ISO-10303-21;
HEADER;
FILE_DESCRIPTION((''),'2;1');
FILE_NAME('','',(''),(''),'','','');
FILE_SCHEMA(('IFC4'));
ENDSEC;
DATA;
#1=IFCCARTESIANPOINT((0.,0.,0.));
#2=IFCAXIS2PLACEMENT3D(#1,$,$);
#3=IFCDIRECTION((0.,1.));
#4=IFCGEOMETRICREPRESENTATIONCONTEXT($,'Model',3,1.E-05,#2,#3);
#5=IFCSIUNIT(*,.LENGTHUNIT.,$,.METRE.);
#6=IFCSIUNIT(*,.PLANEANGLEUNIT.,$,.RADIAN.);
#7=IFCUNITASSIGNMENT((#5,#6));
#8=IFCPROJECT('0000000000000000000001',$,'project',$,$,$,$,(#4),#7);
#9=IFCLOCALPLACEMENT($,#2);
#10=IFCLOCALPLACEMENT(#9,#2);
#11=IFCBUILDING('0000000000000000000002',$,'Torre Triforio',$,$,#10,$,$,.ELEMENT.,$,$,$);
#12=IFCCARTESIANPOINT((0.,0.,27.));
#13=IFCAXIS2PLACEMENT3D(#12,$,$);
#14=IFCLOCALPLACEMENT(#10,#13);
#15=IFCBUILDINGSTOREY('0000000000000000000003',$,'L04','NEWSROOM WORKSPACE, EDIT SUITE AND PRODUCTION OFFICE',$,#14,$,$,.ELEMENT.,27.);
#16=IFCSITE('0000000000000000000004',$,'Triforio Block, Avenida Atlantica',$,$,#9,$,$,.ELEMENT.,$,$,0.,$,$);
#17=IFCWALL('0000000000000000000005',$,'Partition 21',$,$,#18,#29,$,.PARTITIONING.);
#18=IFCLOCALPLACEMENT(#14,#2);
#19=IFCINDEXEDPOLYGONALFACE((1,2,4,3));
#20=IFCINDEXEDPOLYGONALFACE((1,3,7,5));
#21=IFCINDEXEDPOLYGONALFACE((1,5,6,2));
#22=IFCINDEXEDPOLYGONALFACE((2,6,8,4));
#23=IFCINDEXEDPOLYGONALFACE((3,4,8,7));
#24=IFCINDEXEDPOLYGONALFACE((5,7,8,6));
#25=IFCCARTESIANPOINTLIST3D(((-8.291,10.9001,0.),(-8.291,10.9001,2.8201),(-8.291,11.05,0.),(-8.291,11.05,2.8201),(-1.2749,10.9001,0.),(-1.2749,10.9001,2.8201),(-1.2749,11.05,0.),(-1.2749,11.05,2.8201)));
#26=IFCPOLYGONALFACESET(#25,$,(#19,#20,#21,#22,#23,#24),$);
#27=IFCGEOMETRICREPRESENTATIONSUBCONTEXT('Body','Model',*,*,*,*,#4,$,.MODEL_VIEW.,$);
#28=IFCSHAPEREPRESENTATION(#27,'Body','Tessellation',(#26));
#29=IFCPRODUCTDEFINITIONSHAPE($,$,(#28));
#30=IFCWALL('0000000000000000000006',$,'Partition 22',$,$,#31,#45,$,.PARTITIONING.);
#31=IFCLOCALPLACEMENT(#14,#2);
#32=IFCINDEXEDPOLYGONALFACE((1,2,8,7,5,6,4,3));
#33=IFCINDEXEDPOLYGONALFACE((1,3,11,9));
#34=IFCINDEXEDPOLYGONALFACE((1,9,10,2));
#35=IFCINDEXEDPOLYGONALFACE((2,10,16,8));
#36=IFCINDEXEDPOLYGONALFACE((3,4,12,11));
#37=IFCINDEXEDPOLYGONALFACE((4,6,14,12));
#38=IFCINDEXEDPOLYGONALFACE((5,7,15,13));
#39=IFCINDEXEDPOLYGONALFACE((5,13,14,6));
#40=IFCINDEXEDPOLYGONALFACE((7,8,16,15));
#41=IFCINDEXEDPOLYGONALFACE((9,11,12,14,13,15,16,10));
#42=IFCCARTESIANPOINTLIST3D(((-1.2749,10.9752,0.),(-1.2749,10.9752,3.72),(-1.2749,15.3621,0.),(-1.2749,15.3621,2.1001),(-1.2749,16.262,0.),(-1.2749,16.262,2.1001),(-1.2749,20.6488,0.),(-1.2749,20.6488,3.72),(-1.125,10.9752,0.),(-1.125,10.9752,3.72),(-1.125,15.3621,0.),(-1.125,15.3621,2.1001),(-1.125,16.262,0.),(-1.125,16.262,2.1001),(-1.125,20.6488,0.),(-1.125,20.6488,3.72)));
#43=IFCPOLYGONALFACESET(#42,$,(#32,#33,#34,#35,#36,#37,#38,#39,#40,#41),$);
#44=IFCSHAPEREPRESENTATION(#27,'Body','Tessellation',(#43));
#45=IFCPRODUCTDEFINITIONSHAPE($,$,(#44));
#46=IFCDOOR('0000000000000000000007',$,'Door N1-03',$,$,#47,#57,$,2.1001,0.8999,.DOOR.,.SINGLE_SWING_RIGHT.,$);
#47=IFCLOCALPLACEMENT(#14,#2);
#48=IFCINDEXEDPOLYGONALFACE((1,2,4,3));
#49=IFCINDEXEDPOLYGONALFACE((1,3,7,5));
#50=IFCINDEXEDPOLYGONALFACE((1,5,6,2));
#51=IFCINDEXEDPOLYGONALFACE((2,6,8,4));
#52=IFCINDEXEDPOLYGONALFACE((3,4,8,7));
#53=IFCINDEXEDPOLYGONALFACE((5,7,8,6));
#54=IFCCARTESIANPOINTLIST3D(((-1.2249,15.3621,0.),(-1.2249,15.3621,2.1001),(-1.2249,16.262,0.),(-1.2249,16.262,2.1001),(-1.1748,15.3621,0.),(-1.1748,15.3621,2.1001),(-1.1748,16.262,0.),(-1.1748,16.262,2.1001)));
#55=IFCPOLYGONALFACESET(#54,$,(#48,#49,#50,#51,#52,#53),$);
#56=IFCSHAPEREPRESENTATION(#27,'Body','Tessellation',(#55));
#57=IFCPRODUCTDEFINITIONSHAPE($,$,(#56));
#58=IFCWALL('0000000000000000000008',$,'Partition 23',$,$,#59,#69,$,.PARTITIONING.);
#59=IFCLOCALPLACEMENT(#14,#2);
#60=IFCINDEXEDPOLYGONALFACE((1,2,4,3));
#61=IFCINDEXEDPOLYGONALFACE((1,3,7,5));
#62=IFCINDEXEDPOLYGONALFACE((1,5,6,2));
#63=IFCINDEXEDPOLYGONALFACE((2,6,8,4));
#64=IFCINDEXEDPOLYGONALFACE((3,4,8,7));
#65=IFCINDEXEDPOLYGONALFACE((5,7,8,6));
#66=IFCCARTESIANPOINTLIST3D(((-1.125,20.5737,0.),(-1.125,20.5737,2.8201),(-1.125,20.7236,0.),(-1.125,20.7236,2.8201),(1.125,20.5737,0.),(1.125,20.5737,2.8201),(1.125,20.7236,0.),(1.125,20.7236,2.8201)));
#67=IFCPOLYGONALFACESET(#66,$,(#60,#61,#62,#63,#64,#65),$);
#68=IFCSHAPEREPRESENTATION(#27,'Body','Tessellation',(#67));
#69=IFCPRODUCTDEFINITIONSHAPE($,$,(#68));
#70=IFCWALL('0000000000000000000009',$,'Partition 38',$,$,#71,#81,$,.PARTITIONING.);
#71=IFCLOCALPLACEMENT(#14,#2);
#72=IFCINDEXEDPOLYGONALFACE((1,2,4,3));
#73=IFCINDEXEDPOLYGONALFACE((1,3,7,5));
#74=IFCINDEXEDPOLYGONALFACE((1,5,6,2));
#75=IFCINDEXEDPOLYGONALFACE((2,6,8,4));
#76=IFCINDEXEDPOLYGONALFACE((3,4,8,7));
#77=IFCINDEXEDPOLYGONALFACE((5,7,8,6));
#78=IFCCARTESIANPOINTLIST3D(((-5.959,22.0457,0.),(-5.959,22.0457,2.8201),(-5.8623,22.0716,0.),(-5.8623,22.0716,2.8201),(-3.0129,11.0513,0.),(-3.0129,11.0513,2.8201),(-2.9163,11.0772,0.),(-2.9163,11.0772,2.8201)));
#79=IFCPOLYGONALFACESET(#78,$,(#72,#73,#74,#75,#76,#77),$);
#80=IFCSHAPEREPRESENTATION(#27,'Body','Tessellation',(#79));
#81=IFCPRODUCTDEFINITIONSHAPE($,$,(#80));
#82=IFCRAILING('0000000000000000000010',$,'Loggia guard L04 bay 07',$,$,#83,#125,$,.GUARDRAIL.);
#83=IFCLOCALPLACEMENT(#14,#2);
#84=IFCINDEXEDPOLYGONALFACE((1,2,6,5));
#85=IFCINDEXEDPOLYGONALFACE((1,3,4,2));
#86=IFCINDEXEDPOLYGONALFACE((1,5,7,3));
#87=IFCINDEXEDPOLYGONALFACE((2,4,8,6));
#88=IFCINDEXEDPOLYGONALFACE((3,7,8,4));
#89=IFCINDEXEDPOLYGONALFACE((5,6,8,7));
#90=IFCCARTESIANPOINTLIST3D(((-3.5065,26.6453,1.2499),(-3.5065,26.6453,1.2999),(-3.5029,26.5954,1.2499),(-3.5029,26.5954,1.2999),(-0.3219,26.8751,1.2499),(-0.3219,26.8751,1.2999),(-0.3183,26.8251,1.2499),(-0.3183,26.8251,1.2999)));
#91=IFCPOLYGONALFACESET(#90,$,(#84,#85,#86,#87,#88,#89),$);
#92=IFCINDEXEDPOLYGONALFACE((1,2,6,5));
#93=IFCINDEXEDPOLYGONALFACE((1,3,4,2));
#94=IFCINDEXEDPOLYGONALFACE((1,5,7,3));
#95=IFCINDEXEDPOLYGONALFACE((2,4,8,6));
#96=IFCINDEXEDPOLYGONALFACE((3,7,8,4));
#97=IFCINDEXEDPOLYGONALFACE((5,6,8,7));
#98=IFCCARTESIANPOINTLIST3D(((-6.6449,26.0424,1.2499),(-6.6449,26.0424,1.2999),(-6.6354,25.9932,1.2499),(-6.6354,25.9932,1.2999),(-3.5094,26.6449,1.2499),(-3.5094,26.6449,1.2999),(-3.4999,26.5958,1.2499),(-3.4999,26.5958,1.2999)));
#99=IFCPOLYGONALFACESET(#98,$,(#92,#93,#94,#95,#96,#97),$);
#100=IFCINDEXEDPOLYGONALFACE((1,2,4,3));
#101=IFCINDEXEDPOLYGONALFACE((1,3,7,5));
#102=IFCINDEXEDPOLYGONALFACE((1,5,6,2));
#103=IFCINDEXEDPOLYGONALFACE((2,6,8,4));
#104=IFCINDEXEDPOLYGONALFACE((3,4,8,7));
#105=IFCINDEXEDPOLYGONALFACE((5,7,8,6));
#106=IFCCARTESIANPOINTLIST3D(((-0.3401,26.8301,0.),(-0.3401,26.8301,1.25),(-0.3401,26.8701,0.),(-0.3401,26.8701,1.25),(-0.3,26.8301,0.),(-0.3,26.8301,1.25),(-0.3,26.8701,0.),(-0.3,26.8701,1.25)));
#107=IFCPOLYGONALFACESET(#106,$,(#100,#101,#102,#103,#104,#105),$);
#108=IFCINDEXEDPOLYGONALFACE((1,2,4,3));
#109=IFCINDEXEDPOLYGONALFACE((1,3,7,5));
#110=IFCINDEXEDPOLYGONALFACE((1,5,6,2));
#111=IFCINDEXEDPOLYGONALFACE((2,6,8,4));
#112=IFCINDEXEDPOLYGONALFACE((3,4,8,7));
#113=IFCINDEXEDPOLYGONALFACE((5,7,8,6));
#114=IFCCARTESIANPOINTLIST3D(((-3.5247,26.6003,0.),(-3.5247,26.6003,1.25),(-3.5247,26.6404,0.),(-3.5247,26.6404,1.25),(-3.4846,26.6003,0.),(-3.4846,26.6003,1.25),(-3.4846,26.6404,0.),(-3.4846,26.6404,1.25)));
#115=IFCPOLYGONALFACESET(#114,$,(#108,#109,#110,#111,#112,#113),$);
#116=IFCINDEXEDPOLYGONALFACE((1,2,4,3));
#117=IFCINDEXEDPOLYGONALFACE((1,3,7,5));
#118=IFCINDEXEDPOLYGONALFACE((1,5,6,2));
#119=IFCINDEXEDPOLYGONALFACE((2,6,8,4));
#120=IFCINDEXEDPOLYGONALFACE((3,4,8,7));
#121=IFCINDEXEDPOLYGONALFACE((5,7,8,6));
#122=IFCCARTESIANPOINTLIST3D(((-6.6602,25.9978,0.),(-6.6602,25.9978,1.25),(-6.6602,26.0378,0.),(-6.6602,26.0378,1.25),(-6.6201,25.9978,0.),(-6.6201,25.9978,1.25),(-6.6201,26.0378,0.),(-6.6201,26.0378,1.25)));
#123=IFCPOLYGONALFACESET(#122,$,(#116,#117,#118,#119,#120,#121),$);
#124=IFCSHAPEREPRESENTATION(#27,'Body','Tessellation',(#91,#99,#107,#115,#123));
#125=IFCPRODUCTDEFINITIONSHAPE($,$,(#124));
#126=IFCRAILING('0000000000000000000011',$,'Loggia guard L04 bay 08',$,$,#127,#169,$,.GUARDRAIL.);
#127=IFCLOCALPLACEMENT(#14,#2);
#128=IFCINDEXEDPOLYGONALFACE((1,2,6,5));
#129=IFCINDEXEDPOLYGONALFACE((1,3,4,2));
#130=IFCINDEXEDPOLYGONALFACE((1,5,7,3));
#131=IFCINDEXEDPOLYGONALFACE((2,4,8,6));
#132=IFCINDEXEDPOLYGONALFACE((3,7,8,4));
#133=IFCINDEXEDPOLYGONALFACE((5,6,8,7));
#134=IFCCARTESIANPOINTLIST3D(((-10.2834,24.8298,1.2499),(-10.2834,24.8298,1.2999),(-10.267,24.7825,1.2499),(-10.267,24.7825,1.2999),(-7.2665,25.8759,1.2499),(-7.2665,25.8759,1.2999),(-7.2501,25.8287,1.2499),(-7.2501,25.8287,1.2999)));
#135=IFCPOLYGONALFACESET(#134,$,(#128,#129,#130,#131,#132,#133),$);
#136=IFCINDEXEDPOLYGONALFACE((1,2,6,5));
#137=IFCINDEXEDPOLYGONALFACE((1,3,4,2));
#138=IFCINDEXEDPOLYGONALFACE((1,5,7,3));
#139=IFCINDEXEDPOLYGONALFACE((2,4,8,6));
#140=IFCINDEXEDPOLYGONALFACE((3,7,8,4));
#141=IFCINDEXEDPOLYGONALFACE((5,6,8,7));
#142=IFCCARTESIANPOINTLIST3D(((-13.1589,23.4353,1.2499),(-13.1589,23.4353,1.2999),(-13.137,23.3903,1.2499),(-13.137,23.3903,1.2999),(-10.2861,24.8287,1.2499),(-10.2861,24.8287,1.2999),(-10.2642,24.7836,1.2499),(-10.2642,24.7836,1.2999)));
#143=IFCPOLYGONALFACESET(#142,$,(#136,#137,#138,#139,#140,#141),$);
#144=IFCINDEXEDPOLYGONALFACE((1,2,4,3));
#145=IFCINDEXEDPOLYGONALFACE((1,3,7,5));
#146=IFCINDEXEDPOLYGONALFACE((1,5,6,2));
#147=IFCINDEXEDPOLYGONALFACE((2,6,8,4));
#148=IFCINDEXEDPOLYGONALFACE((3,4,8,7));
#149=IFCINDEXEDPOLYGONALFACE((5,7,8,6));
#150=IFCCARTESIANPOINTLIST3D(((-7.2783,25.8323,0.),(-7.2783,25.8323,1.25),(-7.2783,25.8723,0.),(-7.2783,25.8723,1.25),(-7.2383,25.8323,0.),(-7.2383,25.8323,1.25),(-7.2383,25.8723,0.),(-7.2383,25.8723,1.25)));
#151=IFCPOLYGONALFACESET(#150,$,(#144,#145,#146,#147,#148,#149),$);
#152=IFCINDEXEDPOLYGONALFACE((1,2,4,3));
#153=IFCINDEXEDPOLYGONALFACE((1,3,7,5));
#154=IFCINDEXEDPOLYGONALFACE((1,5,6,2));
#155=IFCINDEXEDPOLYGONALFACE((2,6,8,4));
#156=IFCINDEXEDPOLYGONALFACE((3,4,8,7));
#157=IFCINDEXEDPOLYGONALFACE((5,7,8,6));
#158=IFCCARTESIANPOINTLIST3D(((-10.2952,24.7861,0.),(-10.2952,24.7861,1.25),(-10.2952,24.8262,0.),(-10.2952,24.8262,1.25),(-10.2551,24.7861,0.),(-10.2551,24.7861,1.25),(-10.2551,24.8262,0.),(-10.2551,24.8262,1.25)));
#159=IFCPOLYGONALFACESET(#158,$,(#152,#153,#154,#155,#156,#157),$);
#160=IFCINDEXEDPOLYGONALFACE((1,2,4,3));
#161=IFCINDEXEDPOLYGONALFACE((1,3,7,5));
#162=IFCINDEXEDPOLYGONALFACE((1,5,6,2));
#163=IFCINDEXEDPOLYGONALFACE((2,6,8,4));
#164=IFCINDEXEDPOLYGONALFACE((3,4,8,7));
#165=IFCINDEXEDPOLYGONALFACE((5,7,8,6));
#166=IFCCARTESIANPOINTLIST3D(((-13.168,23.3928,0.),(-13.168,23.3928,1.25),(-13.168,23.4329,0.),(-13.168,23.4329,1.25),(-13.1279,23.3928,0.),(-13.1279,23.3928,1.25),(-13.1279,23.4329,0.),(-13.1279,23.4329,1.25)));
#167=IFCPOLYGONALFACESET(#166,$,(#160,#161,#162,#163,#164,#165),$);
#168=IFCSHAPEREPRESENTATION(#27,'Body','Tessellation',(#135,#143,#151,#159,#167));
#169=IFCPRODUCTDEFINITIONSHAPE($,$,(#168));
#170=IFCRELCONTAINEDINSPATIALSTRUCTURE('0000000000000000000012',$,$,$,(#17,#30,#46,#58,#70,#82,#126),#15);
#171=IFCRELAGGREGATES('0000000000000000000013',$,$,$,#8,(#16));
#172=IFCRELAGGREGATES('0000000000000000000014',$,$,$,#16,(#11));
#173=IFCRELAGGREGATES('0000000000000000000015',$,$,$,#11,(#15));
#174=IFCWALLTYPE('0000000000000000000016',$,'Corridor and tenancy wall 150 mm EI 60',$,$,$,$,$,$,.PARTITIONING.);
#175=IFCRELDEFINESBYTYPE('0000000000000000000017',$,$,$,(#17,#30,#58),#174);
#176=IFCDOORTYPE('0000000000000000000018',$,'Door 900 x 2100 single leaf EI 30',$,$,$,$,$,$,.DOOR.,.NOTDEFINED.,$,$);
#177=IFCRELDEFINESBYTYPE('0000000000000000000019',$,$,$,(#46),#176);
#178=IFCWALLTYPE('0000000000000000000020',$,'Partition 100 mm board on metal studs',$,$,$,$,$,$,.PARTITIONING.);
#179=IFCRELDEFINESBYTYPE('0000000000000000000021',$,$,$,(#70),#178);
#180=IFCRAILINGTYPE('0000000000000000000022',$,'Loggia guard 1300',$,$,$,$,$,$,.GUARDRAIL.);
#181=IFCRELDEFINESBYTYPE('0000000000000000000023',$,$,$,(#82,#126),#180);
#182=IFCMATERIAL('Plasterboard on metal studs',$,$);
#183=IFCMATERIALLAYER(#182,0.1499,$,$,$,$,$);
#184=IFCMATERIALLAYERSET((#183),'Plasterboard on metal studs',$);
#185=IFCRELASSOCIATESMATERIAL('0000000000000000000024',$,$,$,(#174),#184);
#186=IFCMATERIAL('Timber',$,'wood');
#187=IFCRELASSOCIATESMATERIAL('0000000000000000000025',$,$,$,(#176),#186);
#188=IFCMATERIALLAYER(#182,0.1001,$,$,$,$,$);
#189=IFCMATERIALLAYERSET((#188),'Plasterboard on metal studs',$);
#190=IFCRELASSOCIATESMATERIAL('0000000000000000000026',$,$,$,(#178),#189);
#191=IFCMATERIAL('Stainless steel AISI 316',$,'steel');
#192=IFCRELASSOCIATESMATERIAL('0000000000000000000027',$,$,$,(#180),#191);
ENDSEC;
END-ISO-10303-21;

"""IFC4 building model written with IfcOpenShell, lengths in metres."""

from ifc_helpers import new_model, si_unit, direction, frame, frame_2d, origin, origin_2d, place, context, subcontext, project, spatial, rectangle, extrude, material, layer, layer_set, type_object, element, fill, save


model = new_model("IFC4")

# Units and contexts
model_context = context("Model", 3, precision=1e-05, world=origin(), true_north=direction((0.0, 1.0)))
body_context = subcontext(model_context, "Body", "Model", "MODEL_VIEW")
ifc_project = project(units=[si_unit("LENGTHUNIT", "METRE"), si_unit("PLANEANGLEUNIT", "RADIAN")], contexts=[model_context])

# Site, building, storey
site_placement = place(None, origin())
site = spatial("IfcSite", under=ifc_project, at=site_placement, Name="Triforio Block, Avenida Atlantica", CompositionType="ELEMENT", RefElevation=0.0)
building_placement = place(site_placement, origin())
building = spatial("IfcBuilding", under=site, at=building_placement, Name="Torre Triforio", CompositionType="ELEMENT")
storey_placement = place(building_placement, frame((0.0, 0.0, 27.0)))
storey = spatial("IfcBuildingStorey", under=building, at=storey_placement, Name="L04", Description="NEWSROOM WORKSPACE, EDIT SUITE AND PRODUCTION OFFICE", CompositionType="ELEMENT", Elevation=27.0)

# Shared definitions
ifc_material_1 = material(Name="Plasterboard on metal studs")
ifc_layer_1 = layer(ifc_material_1, 0.1499)
ifc_layer_set_1 = layer_set([ifc_layer_1], Name="Plasterboard on metal studs")
wall_type_1 = type_object("IfcWallType", Name="Corridor and tenancy wall 150 mm EI 60", PredefinedType="PARTITIONING", material=ifc_layer_set_1)
ifc_material_2 = material(Name="Timber", Category="wood")
door_type_1 = type_object("IfcDoorType", Name="Door 900 x 2100 single leaf EI 30", OperationType="NOTDEFINED", PredefinedType="DOOR", material=ifc_material_2)

# Wall
wall_1_placement = place(storey_placement, frame((-8.291, 10.9751, 0.0), z_axis=(0.0, 0.0, 1.0), x_axis=(1.0, 0.0, 0.0)))
element("IfcWall", 1, at=wall_1_placement, inside=storey, type_object=wall_type_1, Name="Partition 21", PredefinedType="PARTITIONING", context=body_context, shape_type="SweptSolid", body=[
    extrude(rectangle(XDim=7.0161, YDim=0.1499, at=frame_2d((3.5081, 0.0))), origin(), (0.0, 0.0, 1.0), 2.8201),
])

# Wall, opening, door
wall_2_placement = place(storey_placement, frame((-1.2, 10.9751, 0.0), z_axis=(0.0, 0.0, 1.0), x_axis=(0.0, 1.0, 0.0)))
wall_2 = element("IfcWall", 2, at=wall_2_placement, inside=storey, type_object=wall_type_1, Name="Partition 22", PredefinedType="PARTITIONING", context=body_context, shape_type="SweptSolid", body=[
    extrude(rectangle(XDim=9.6736, YDim=0.1499, at=frame_2d((4.8369, 0.0))), origin(), (0.0, 0.0, 1.0), 3.72),
])
opening_1_placement = place(wall_2_placement, frame((4.387, 0.0, 0.0)))
opening_1 = element("IfcOpeningElement", 3, at=opening_1_placement, cuts=wall_2, PredefinedType="OPENING", context=body_context, shape_type="SweptSolid", body=[
    extrude(rectangle(XDim=0.8999, YDim=2.1001, at=frame_2d((0.45, 1.05))), frame((0.0, 0.085, 0.0), z_axis=(0.0, -1.0, 0.0), x_axis=(1.0, 0.0, 0.0)), (0.0, 0.0, 1.0), 0.1699),
])
door_1_placement = place(opening_1_placement, origin())
door_1 = element("IfcDoor", 4, at=door_1_placement, inside=storey, type_object=door_type_1, Name="Door N1-03", OperationType="SINGLE_SWING_RIGHT", OverallHeight=2.1001, OverallWidth=0.8999, PredefinedType="DOOR", context=body_context, shape_type="SweptSolid", body=[
    extrude(rectangle(XDim=0.8999, YDim=2.1001, at=frame_2d((0.45, 1.05))), frame((0.0, 0.0249, 0.0), z_axis=(0.0, -1.0, 0.0), x_axis=(1.0, 0.0, 0.0)), (0.0, 0.0, 1.0), 0.05),
])
fill(opening_1, door_1)

# Walls
wall_3_placement = place(storey_placement, frame((-1.125, 20.6487, 0.0), z_axis=(0.0, 0.0, 1.0), x_axis=(1.0, 0.0, 0.0)))
element("IfcWall", 5, at=wall_3_placement, inside=storey, type_object=wall_type_1, Name="Partition 23", PredefinedType="PARTITIONING", context=body_context, shape_type="SweptSolid", body=[
    extrude(rectangle(XDim=2.25, YDim=0.1499, at=frame_2d((1.125, 0.0))), origin(), (0.0, 0.0, 1.0), 2.8201),
])
ifc_layer_2 = layer(ifc_material_1, 0.1001)
ifc_layer_set_2 = layer_set([ifc_layer_2], Name="Plasterboard on metal studs")
wall_type_2 = type_object("IfcWallType", Name="Partition 100 mm board on metal studs", PredefinedType="PARTITIONING", material=ifc_layer_set_2)
wall_4_placement = place(storey_placement, frame((-2.9646, 11.0642, 0.0), z_axis=(0.0, 0.0, 1.0), x_axis=(-0.258828, 0.965923, 0.0)))
element("IfcWall", 6, at=wall_4_placement, inside=storey, type_object=wall_type_2, Name="Partition 38", PredefinedType="PARTITIONING", context=body_context, shape_type="SweptSolid", body=[
    extrude(rectangle(XDim=11.3823, YDim=0.1001, at=frame_2d((5.6912, 0.0))), origin(), (0.0, 0.0, 1.0), 2.8201),
])

# Railings
ifc_material_3 = material(Name="Stainless steel AISI 316", Category="steel")
railing_type = type_object("IfcRailingType", Name="Loggia guard 1300", PredefinedType="GUARDRAIL", material=ifc_material_3)
railing_1_placement = place(storey_placement, frame((-0.3201, 26.8501, 0.0)))
element("IfcRailing", 7, at=railing_1_placement, inside=storey, type_object=railing_type, Name="Loggia guard L04 bay 07", PredefinedType="GUARDRAIL", context=body_context, shape_type="SweptSolid", body=[
    extrude(rectangle(XDim=0.05, YDim=0.05, at=origin_2d()), frame((0.0, 0.0, 1.2749), z_axis=(-0.997408, -0.071953, 0.0), x_axis=(0.071953, -0.997408, 0.0)), (0.0, 0.0, 1.0), 3.1929),
    extrude(rectangle(XDim=0.05, YDim=0.05, at=origin_2d()), frame((-3.1846, -0.2297, 1.2749), z_axis=(-0.982032, -0.188714, 0.0), x_axis=(0.188714, -0.982032, 0.0)), (0.0, 0.0, 1.0), 3.1929),
    extrude(rectangle(XDim=0.04, YDim=0.04, at=origin_2d()), origin(), (0.0, 0.0, 1.0), 1.25),
    extrude(rectangle(XDim=0.04, YDim=0.04, at=origin_2d()), frame((-3.1846, -0.2297, 0.0)), (0.0, 0.0, 1.0), 1.25),
    extrude(rectangle(XDim=0.04, YDim=0.04, at=origin_2d()), frame((-6.3201, -0.8323, 0.0)), (0.0, 0.0, 1.0), 1.25),
])
railing_2_placement = place(storey_placement, frame((-7.2583, 25.8523, 0.0)))
element("IfcRailing", 8, at=railing_2_placement, inside=storey, type_object=railing_type, Name="Loggia guard L04 bay 08", PredefinedType="GUARDRAIL", context=body_context, shape_type="SweptSolid", body=[
    extrude(rectangle(XDim=0.05, YDim=0.05, at=origin_2d()), frame((0.0, 0.0, 1.2749), z_axis=(-0.944807, -0.327628, 0.0), x_axis=(0.327628, -0.944807, 0.0)), (0.0, 0.0, 1.0), 3.1931),
    extrude(rectangle(XDim=0.05, YDim=0.05, at=origin_2d()), frame((-3.0168, -1.0461, 1.2749), z_axis=(-0.89976, -0.436384, 0.0), x_axis=(0.436384, -0.89976, 0.0)), (0.0, 0.0, 1.0), 3.1929),
    extrude(rectangle(XDim=0.04, YDim=0.04, at=origin_2d()), origin(), (0.0, 0.0, 1.0), 1.25),
    extrude(rectangle(XDim=0.04, YDim=0.04, at=origin_2d()), frame((-3.0168, -1.0461, 0.0)), (0.0, 0.0, 1.0), 1.25),
    extrude(rectangle(XDim=0.04, YDim=0.04, at=origin_2d()), frame((-5.8896, -2.4395, 0.0)), (0.0, 0.0, 1.0), 1.25),
])

save(model, "model.ifc")
